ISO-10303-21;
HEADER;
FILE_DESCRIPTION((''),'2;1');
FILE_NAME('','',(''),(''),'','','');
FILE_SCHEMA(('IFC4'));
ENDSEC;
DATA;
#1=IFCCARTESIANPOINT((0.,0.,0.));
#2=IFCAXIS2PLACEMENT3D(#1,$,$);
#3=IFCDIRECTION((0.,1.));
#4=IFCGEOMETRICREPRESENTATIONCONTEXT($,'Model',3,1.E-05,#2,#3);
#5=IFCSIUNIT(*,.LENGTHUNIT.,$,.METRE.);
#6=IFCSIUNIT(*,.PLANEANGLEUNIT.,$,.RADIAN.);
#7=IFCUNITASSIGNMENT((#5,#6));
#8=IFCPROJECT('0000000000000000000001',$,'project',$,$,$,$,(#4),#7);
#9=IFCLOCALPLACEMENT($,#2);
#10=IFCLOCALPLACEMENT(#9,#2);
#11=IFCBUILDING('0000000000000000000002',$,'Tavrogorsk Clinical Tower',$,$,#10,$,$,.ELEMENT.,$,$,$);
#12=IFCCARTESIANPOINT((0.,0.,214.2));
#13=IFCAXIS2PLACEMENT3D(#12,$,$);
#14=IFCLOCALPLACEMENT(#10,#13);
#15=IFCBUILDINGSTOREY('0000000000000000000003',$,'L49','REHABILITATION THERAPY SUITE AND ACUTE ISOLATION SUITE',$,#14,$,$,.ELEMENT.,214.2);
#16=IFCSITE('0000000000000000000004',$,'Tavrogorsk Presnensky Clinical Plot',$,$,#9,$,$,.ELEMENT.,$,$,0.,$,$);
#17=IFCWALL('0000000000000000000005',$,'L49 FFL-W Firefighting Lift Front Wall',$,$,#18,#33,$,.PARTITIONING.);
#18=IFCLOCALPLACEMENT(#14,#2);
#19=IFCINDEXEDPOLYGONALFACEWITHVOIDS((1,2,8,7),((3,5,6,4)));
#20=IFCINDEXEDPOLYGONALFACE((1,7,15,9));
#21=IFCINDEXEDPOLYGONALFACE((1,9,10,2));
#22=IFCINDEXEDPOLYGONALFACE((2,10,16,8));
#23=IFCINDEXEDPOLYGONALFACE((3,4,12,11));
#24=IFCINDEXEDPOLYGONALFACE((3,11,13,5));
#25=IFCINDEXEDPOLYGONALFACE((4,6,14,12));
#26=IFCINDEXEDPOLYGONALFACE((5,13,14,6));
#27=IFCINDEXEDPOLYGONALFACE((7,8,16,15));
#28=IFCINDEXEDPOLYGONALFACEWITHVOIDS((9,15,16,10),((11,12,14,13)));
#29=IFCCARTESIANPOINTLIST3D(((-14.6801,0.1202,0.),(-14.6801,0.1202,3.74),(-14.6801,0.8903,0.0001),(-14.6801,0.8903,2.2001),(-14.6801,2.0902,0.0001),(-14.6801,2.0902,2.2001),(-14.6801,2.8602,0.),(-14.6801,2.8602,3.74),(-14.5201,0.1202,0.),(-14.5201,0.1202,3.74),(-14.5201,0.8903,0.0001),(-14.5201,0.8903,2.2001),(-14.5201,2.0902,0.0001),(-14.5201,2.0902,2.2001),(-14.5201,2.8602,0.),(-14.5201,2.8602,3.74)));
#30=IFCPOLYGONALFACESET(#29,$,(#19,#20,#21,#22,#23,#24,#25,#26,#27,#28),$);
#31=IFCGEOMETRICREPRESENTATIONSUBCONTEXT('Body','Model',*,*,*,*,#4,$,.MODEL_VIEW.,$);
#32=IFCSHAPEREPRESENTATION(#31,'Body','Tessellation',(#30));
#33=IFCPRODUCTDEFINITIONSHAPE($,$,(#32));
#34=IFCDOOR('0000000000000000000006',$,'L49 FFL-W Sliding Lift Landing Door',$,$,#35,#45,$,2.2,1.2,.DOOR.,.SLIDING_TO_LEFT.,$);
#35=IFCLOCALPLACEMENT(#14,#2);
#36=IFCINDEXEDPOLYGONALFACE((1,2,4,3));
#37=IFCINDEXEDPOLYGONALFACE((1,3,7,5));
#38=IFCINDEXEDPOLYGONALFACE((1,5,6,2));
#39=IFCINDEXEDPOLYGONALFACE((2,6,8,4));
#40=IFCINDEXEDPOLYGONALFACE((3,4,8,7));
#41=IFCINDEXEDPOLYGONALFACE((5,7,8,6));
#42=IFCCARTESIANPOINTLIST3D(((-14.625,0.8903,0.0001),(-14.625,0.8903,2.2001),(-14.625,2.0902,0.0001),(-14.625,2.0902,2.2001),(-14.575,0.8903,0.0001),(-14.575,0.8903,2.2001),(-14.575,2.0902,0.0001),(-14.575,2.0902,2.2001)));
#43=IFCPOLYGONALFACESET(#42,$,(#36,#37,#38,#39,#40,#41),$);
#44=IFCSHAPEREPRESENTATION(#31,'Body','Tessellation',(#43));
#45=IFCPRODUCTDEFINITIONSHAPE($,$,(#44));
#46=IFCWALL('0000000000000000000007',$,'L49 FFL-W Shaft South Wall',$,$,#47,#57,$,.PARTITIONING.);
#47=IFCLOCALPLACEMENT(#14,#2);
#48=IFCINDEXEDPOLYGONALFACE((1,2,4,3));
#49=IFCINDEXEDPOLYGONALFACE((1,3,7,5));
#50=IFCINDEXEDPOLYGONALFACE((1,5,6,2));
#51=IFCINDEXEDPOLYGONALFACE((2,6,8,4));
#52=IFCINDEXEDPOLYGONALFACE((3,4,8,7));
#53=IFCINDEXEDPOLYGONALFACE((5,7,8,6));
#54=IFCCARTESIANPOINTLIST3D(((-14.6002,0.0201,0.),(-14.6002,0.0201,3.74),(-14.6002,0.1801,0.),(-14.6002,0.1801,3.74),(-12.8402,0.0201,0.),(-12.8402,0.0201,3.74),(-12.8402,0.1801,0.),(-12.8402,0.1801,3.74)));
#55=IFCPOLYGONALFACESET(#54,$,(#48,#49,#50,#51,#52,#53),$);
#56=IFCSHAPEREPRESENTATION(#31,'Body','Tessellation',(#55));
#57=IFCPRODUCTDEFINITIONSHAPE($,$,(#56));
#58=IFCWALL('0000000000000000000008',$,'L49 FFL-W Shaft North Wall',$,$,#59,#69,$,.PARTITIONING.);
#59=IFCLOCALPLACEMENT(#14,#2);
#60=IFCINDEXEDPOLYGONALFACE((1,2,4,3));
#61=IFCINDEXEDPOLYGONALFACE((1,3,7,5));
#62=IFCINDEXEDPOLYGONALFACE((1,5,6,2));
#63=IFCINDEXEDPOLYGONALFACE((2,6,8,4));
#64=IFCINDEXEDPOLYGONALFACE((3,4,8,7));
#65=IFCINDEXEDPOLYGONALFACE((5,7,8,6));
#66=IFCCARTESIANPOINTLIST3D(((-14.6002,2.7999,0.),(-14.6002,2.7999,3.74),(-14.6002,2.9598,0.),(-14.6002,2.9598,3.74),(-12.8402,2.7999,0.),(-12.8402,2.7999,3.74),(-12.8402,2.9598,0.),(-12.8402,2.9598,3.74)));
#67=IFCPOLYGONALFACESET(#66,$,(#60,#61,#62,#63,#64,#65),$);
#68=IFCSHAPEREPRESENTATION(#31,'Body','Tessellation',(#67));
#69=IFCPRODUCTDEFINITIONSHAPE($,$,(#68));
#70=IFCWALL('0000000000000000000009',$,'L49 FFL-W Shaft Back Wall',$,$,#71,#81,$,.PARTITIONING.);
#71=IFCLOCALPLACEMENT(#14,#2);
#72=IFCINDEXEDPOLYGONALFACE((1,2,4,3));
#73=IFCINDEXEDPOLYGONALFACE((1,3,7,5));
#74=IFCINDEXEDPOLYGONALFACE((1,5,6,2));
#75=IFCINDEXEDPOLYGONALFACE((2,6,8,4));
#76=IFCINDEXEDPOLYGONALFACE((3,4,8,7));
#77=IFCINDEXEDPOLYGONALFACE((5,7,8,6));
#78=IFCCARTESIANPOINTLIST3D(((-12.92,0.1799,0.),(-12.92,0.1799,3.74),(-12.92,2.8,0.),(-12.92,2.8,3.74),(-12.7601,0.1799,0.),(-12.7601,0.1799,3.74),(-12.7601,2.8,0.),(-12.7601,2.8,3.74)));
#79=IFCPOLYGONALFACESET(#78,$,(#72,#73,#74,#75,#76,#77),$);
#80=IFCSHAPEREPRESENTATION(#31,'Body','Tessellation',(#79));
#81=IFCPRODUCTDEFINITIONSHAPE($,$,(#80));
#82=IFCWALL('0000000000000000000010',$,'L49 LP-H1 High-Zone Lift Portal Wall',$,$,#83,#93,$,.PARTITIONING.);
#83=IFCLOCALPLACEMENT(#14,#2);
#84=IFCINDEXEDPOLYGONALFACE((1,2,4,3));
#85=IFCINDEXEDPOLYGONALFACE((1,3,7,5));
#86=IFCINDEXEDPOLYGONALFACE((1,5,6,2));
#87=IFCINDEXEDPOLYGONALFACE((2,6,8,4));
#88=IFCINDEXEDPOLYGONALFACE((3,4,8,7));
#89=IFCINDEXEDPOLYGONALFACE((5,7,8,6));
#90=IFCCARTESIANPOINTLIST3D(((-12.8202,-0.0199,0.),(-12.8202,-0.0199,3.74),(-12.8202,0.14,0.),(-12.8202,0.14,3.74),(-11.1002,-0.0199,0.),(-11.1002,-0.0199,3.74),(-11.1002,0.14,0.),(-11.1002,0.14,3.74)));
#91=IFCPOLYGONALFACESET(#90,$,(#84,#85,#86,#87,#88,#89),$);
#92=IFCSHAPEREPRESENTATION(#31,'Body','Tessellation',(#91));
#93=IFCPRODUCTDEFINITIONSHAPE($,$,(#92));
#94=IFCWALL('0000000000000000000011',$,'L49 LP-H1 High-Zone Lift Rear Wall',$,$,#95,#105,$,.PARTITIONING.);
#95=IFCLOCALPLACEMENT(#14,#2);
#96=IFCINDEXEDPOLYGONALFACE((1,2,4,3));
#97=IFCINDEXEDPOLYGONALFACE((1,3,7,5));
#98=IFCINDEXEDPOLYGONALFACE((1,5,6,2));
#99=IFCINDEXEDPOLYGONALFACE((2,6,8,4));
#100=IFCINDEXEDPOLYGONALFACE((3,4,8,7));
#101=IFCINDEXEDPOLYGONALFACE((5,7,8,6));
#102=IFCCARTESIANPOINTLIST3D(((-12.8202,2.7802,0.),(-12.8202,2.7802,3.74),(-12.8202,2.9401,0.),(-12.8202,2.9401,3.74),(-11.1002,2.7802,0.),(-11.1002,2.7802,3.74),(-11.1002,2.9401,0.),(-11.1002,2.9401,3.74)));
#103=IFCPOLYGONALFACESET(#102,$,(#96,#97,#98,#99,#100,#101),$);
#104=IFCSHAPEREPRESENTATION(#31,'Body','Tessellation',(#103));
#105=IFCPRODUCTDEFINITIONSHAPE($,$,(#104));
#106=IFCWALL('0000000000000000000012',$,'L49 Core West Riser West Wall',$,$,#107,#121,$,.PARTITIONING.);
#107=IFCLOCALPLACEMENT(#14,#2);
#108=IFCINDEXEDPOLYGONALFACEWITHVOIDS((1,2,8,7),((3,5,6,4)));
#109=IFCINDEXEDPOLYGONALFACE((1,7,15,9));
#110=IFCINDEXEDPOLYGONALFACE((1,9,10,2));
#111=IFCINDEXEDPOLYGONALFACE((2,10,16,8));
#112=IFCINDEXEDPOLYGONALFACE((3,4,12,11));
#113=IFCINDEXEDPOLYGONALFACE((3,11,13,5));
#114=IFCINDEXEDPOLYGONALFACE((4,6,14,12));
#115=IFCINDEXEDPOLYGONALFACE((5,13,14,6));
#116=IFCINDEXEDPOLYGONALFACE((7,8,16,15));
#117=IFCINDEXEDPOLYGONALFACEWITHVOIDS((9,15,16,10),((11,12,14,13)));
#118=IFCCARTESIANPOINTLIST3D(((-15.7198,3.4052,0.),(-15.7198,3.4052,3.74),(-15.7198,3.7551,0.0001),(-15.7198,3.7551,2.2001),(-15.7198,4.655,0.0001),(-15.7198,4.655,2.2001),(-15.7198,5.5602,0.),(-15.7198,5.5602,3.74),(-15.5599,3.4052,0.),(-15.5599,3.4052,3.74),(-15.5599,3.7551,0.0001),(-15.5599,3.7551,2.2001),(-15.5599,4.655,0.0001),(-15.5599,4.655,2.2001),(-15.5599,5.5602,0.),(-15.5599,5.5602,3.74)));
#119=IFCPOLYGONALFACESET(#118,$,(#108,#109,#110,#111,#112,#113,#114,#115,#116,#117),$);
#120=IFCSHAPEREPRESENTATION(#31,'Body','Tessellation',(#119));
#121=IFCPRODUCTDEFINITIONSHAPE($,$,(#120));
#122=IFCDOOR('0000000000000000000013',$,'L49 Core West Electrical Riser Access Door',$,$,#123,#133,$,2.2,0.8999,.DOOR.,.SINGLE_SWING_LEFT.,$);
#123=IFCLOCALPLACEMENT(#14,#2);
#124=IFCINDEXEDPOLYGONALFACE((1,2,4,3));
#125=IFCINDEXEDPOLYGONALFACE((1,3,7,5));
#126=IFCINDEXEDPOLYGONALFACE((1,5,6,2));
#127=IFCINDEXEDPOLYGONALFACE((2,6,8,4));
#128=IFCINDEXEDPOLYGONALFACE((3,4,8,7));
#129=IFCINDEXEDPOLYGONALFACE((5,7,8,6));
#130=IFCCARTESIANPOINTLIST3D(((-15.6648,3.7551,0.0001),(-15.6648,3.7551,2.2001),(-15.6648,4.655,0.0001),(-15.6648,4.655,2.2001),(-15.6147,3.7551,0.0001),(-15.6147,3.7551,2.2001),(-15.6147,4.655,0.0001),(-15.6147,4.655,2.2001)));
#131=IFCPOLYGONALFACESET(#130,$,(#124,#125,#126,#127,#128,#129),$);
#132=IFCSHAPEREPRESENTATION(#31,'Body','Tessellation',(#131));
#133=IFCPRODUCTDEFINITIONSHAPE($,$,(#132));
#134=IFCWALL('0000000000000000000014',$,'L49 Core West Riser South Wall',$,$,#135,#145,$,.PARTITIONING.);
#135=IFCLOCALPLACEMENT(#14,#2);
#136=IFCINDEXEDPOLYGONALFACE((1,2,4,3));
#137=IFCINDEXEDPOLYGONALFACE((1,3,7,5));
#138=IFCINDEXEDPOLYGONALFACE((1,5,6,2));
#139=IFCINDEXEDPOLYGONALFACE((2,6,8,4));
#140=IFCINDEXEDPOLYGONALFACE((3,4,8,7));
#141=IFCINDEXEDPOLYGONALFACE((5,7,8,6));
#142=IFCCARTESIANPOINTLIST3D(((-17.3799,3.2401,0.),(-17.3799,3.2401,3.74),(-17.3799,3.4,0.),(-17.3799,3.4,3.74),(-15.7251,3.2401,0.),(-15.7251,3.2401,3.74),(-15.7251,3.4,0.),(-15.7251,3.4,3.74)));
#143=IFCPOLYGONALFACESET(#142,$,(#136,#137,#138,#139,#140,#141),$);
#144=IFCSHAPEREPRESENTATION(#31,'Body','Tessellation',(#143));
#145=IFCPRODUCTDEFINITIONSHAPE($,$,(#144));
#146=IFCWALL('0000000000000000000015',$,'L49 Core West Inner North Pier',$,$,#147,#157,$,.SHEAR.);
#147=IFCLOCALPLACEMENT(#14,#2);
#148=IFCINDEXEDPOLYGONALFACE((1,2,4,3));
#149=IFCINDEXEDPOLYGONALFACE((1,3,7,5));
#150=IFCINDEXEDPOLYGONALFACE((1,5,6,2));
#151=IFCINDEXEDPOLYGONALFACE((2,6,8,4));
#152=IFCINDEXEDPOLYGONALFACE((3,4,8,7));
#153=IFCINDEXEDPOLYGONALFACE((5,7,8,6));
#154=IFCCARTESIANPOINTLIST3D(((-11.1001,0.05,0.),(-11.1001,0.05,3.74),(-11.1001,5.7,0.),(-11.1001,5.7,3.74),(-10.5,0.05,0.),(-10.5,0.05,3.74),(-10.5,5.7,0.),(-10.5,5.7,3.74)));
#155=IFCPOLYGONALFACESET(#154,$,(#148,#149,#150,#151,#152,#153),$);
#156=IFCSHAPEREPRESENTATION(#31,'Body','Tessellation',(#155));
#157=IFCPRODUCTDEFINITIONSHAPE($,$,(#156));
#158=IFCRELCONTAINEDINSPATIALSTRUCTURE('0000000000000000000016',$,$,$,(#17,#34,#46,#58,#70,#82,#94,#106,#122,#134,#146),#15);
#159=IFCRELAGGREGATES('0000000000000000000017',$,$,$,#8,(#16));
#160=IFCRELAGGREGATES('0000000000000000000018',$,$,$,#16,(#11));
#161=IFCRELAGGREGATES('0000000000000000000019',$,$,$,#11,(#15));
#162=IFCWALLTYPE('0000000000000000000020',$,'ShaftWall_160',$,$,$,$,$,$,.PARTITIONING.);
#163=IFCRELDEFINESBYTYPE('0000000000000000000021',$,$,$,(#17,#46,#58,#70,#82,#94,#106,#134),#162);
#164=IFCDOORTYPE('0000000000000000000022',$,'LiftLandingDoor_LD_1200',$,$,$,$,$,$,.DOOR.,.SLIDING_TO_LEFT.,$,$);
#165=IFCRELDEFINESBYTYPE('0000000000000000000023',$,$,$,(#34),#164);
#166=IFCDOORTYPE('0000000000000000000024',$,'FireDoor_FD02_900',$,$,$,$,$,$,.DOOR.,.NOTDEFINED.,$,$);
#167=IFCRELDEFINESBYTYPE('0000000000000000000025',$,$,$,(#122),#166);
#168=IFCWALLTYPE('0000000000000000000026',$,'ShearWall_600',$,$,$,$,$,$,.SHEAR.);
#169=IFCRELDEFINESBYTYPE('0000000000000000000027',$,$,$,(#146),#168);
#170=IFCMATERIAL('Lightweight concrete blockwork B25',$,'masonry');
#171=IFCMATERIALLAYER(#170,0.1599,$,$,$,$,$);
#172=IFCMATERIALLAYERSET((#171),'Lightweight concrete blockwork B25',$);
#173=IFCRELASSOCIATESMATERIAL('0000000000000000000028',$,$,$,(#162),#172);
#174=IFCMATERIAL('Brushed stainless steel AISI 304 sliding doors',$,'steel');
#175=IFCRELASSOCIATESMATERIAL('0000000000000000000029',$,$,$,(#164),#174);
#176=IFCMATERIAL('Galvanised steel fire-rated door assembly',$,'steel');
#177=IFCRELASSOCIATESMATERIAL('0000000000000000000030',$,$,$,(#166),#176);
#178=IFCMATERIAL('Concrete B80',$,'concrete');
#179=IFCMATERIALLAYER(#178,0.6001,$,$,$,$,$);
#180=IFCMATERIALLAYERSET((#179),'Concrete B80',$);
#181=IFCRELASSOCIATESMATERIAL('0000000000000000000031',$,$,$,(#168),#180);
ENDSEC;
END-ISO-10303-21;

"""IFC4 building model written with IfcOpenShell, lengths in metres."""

from ifc_helpers import new_model, si_unit, direction, frame, frame_2d, origin, place, context, subcontext, project, spatial, rectangle, extrude, material, layer, layer_set, type_object, element, fill, save


model = new_model("IFC4")

# Units and contexts
model_context = context("Model", 3, precision=1e-05, world=origin(), true_north=direction((0.0, 1.0)))
body_context = subcontext(model_context, "Body", "Model", "MODEL_VIEW")
ifc_project = project(units=[si_unit("LENGTHUNIT", "METRE"), si_unit("PLANEANGLEUNIT", "RADIAN")], contexts=[model_context])

# Site, building, storey
site_placement = place(None, origin())
site = spatial("IfcSite", under=ifc_project, at=site_placement, Name="Tavrogorsk Presnensky Clinical Plot", CompositionType="ELEMENT", RefElevation=0.0)
building_placement = place(site_placement, origin())
building = spatial("IfcBuilding", under=site, at=building_placement, Name="Tavrogorsk Clinical Tower", CompositionType="ELEMENT")
storey_placement = place(building_placement, frame((0.0, 0.0, 214.2)))
storey = spatial("IfcBuildingStorey", under=building, at=storey_placement, Name="L49", Description="REHABILITATION THERAPY SUITE AND ACUTE ISOLATION SUITE", CompositionType="ELEMENT", Elevation=214.2)

# Wall, opening, door
ifc_material_1 = material(Name="Lightweight concrete blockwork B25", Category="masonry")
ifc_layer_1 = layer(ifc_material_1, 0.1599)
ifc_layer_set_1 = layer_set([ifc_layer_1], Name="Lightweight concrete blockwork B25")
wall_type_1 = type_object("IfcWallType", Name="ShaftWall_160", PredefinedType="PARTITIONING", material=ifc_layer_set_1)
wall_1_placement = place(storey_placement, frame((-14.6001, 0.1201, 0.0), z_axis=(0.0, 0.0, 1.0), x_axis=(0.0, 1.0, 0.0)))
wall_1 = element("IfcWall", 1, at=wall_1_placement, inside=storey, type_object=wall_type_1, Name="L49 FFL-W Firefighting Lift Front Wall", PredefinedType="PARTITIONING", context=body_context, shape_type="SweptSolid", body=[
    extrude(rectangle(XDim=2.74, YDim=0.1599, at=frame_2d((1.3701, 0.0))), origin(), (0.0, 0.0, 1.0), 3.74),
])
opening_1_placement = place(wall_1_placement, frame((0.77, 0.0, 0.0)))
opening_1 = element("IfcOpeningElement", 2, at=opening_1_placement, cuts=wall_1, PredefinedType="OPENING", context=body_context, shape_type="SweptSolid", body=[
    extrude(rectangle(XDim=1.2, YDim=2.2, at=frame_2d((0.6001, 1.1001))), frame((0.0, 0.0898, 0.0), z_axis=(0.0, -1.0, 0.0), x_axis=(1.0, 0.0, 0.0)), (0.0, 0.0, 1.0), 0.1799),
])
ifc_material_2 = material(Name="Brushed stainless steel AISI 304 sliding doors", Category="steel")
door_type_1 = type_object("IfcDoorType", Name="LiftLandingDoor_LD_1200", OperationType="SLIDING_TO_LEFT", PredefinedType="DOOR", material=ifc_material_2)
door_1_placement = place(opening_1_placement, origin())
door_1 = element("IfcDoor", 3, at=door_1_placement, inside=storey, type_object=door_type_1, Name="L49 FFL-W Sliding Lift Landing Door", OperationType="SLIDING_TO_LEFT", OverallHeight=2.2, OverallWidth=1.2, PredefinedType="DOOR", context=body_context, shape_type="SweptSolid", body=[
    extrude(rectangle(XDim=1.2, YDim=2.2, at=frame_2d((0.6001, 1.1001))), frame((0.0, 0.0249, 0.0), z_axis=(0.0, -1.0, 0.0), x_axis=(1.0, 0.0, 0.0)), (0.0, 0.0, 1.0), 0.05),
])
fill(opening_1, door_1)

# Walls
for number, where, z_axis, x_axis, name in (
    (4, (-14.6001, 0.1001, 0.0), (0.0, 0.0, 1.0), (1.0, 0.0, 0.0), "L49 FFL-W Shaft South Wall"),
    (5, (-14.6001, 2.8799, 0.0), (0.0, 0.0, 1.0), (1.0, 0.0, 0.0), "L49 FFL-W Shaft North Wall"),
):
    element("IfcWall", number, at=place(storey_placement, frame(where, z_axis=z_axis, x_axis=x_axis)), inside=storey, type_object=wall_type_1, Name=name, PredefinedType="PARTITIONING", context=body_context, shape_type="SweptSolid", body=[
        extrude(rectangle(XDim=1.76, YDim=0.1599, at=frame_2d((0.8799, 0.0))), origin(), (0.0, 0.0, 1.0), 3.74),
    ])
wall_2_placement = place(storey_placement, frame((-12.8401, 0.1799, 0.0), z_axis=(0.0, 0.0, 1.0), x_axis=(0.0, 1.0, 0.0)))
element("IfcWall", 6, at=wall_2_placement, inside=storey, type_object=wall_type_1, Name="L49 FFL-W Shaft Back Wall", PredefinedType="PARTITIONING", context=body_context, shape_type="SweptSolid", body=[
    extrude(rectangle(XDim=2.6201, YDim=0.1599, at=frame_2d((1.3101, 0.0))), origin(), (0.0, 0.0, 1.0), 3.74),
])
for number, where, z_axis, x_axis, name in (
    (7, (-12.8201, 0.0601, 0.0), (0.0, 0.0, 1.0), (1.0, 0.0, 0.0), "L49 LP-H1 High-Zone Lift Portal Wall"),
    (8, (-12.8201, 2.8601, 0.0), (0.0, 0.0, 1.0), (1.0, 0.0, 0.0), "L49 LP-H1 High-Zone Lift Rear Wall"),
):
    element("IfcWall", number, at=place(storey_placement, frame(where, z_axis=z_axis, x_axis=x_axis)), inside=storey, type_object=wall_type_1, Name=name, PredefinedType="PARTITIONING", context=body_context, shape_type="SweptSolid", body=[
        extrude(rectangle(XDim=1.72, YDim=0.1599, at=frame_2d((0.8599, 0.0))), origin(), (0.0, 0.0, 1.0), 3.74),
    ])

# Wall, opening, door
wall_3_placement = place(storey_placement, frame((-15.6399, 3.405, 0.0), z_axis=(0.0, 0.0, 1.0), x_axis=(0.0, 1.0, 0.0)))
wall_3 = element("IfcWall", 9, at=wall_3_placement, inside=storey, type_object=wall_type_1, Name="L49 Core West Riser West Wall", PredefinedType="PARTITIONING", context=body_context, shape_type="SweptSolid", body=[
    extrude(rectangle(XDim=2.155, YDim=0.1599, at=frame_2d((1.0776, 0.0))), origin(), (0.0, 0.0, 1.0), 3.74),
])
opening_2_placement = place(wall_3_placement, frame((0.3501, 0.0, 0.0)))
opening_2 = element("IfcOpeningElement", 10, at=opening_2_placement, cuts=wall_3, PredefinedType="OPENING", context=body_context, shape_type="SweptSolid", body=[
    extrude(rectangle(XDim=0.8999, YDim=2.2, at=frame_2d((0.45, 1.1001))), frame((0.0, 0.0898, 0.0), z_axis=(0.0, -1.0, 0.0), x_axis=(1.0, 0.0, 0.0)), (0.0, 0.0, 1.0), 0.1799),
])
ifc_material_3 = material(Name="Galvanised steel fire-rated door assembly", Category="steel")
door_type_2 = type_object("IfcDoorType", Name="FireDoor_FD02_900", OperationType="NOTDEFINED", PredefinedType="DOOR", material=ifc_material_3)
door_2_placement = place(opening_2_placement, origin())
door_2 = element("IfcDoor", 11, at=door_2_placement, inside=storey, type_object=door_type_2, Name="L49 Core West Electrical Riser Access Door", OperationType="SINGLE_SWING_LEFT", OverallHeight=2.2, OverallWidth=0.8999, PredefinedType="DOOR", context=body_context, shape_type="SweptSolid", body=[
    extrude(rectangle(XDim=0.8999, YDim=2.2, at=frame_2d((0.45, 1.1001))), frame((0.0, 0.0249, 0.0), z_axis=(0.0, -1.0, 0.0), x_axis=(1.0, 0.0, 0.0)), (0.0, 0.0, 1.0), 0.05),
])
fill(opening_2, door_2)

# Walls
wall_4_placement = place(storey_placement, frame((-17.3799, 3.3201, 0.0), z_axis=(0.0, 0.0, 1.0), x_axis=(1.0, 0.0, 0.0)))
element("IfcWall", 12, at=wall_4_placement, inside=storey, type_object=wall_type_1, Name="L49 Core West Riser South Wall", PredefinedType="PARTITIONING", context=body_context, shape_type="SweptSolid", body=[
    extrude(rectangle(XDim=1.6548, YDim=0.1599, at=frame_2d((0.8274, 0.0))), origin(), (0.0, 0.0, 1.0), 3.74),
])
ifc_material_4 = material(Name="Concrete B80", Category="concrete")
ifc_layer_2 = layer(ifc_material_4, 0.6001)
ifc_layer_set_2 = layer_set([ifc_layer_2], Name="Concrete B80")
wall_type_2 = type_object("IfcWallType", Name="ShearWall_600", PredefinedType="SHEAR", material=ifc_layer_set_2)
wall_5_placement = place(storey_placement, frame((-10.8, 0.05, 0.0), z_axis=(0.0, 0.0, 1.0), x_axis=(0.0, 1.0, 0.0)))
element("IfcWall", 13, at=wall_5_placement, inside=storey, type_object=wall_type_2, Name="L49 Core West Inner North Pier", PredefinedType="SHEAR", context=body_context, shape_type="SweptSolid", body=[
    extrude(rectangle(XDim=5.6499, YDim=0.6001, at=frame_2d((2.825, 0.0))), origin(), (0.0, 0.0, 1.0), 3.74),
])

save(model, "model.ifc")
